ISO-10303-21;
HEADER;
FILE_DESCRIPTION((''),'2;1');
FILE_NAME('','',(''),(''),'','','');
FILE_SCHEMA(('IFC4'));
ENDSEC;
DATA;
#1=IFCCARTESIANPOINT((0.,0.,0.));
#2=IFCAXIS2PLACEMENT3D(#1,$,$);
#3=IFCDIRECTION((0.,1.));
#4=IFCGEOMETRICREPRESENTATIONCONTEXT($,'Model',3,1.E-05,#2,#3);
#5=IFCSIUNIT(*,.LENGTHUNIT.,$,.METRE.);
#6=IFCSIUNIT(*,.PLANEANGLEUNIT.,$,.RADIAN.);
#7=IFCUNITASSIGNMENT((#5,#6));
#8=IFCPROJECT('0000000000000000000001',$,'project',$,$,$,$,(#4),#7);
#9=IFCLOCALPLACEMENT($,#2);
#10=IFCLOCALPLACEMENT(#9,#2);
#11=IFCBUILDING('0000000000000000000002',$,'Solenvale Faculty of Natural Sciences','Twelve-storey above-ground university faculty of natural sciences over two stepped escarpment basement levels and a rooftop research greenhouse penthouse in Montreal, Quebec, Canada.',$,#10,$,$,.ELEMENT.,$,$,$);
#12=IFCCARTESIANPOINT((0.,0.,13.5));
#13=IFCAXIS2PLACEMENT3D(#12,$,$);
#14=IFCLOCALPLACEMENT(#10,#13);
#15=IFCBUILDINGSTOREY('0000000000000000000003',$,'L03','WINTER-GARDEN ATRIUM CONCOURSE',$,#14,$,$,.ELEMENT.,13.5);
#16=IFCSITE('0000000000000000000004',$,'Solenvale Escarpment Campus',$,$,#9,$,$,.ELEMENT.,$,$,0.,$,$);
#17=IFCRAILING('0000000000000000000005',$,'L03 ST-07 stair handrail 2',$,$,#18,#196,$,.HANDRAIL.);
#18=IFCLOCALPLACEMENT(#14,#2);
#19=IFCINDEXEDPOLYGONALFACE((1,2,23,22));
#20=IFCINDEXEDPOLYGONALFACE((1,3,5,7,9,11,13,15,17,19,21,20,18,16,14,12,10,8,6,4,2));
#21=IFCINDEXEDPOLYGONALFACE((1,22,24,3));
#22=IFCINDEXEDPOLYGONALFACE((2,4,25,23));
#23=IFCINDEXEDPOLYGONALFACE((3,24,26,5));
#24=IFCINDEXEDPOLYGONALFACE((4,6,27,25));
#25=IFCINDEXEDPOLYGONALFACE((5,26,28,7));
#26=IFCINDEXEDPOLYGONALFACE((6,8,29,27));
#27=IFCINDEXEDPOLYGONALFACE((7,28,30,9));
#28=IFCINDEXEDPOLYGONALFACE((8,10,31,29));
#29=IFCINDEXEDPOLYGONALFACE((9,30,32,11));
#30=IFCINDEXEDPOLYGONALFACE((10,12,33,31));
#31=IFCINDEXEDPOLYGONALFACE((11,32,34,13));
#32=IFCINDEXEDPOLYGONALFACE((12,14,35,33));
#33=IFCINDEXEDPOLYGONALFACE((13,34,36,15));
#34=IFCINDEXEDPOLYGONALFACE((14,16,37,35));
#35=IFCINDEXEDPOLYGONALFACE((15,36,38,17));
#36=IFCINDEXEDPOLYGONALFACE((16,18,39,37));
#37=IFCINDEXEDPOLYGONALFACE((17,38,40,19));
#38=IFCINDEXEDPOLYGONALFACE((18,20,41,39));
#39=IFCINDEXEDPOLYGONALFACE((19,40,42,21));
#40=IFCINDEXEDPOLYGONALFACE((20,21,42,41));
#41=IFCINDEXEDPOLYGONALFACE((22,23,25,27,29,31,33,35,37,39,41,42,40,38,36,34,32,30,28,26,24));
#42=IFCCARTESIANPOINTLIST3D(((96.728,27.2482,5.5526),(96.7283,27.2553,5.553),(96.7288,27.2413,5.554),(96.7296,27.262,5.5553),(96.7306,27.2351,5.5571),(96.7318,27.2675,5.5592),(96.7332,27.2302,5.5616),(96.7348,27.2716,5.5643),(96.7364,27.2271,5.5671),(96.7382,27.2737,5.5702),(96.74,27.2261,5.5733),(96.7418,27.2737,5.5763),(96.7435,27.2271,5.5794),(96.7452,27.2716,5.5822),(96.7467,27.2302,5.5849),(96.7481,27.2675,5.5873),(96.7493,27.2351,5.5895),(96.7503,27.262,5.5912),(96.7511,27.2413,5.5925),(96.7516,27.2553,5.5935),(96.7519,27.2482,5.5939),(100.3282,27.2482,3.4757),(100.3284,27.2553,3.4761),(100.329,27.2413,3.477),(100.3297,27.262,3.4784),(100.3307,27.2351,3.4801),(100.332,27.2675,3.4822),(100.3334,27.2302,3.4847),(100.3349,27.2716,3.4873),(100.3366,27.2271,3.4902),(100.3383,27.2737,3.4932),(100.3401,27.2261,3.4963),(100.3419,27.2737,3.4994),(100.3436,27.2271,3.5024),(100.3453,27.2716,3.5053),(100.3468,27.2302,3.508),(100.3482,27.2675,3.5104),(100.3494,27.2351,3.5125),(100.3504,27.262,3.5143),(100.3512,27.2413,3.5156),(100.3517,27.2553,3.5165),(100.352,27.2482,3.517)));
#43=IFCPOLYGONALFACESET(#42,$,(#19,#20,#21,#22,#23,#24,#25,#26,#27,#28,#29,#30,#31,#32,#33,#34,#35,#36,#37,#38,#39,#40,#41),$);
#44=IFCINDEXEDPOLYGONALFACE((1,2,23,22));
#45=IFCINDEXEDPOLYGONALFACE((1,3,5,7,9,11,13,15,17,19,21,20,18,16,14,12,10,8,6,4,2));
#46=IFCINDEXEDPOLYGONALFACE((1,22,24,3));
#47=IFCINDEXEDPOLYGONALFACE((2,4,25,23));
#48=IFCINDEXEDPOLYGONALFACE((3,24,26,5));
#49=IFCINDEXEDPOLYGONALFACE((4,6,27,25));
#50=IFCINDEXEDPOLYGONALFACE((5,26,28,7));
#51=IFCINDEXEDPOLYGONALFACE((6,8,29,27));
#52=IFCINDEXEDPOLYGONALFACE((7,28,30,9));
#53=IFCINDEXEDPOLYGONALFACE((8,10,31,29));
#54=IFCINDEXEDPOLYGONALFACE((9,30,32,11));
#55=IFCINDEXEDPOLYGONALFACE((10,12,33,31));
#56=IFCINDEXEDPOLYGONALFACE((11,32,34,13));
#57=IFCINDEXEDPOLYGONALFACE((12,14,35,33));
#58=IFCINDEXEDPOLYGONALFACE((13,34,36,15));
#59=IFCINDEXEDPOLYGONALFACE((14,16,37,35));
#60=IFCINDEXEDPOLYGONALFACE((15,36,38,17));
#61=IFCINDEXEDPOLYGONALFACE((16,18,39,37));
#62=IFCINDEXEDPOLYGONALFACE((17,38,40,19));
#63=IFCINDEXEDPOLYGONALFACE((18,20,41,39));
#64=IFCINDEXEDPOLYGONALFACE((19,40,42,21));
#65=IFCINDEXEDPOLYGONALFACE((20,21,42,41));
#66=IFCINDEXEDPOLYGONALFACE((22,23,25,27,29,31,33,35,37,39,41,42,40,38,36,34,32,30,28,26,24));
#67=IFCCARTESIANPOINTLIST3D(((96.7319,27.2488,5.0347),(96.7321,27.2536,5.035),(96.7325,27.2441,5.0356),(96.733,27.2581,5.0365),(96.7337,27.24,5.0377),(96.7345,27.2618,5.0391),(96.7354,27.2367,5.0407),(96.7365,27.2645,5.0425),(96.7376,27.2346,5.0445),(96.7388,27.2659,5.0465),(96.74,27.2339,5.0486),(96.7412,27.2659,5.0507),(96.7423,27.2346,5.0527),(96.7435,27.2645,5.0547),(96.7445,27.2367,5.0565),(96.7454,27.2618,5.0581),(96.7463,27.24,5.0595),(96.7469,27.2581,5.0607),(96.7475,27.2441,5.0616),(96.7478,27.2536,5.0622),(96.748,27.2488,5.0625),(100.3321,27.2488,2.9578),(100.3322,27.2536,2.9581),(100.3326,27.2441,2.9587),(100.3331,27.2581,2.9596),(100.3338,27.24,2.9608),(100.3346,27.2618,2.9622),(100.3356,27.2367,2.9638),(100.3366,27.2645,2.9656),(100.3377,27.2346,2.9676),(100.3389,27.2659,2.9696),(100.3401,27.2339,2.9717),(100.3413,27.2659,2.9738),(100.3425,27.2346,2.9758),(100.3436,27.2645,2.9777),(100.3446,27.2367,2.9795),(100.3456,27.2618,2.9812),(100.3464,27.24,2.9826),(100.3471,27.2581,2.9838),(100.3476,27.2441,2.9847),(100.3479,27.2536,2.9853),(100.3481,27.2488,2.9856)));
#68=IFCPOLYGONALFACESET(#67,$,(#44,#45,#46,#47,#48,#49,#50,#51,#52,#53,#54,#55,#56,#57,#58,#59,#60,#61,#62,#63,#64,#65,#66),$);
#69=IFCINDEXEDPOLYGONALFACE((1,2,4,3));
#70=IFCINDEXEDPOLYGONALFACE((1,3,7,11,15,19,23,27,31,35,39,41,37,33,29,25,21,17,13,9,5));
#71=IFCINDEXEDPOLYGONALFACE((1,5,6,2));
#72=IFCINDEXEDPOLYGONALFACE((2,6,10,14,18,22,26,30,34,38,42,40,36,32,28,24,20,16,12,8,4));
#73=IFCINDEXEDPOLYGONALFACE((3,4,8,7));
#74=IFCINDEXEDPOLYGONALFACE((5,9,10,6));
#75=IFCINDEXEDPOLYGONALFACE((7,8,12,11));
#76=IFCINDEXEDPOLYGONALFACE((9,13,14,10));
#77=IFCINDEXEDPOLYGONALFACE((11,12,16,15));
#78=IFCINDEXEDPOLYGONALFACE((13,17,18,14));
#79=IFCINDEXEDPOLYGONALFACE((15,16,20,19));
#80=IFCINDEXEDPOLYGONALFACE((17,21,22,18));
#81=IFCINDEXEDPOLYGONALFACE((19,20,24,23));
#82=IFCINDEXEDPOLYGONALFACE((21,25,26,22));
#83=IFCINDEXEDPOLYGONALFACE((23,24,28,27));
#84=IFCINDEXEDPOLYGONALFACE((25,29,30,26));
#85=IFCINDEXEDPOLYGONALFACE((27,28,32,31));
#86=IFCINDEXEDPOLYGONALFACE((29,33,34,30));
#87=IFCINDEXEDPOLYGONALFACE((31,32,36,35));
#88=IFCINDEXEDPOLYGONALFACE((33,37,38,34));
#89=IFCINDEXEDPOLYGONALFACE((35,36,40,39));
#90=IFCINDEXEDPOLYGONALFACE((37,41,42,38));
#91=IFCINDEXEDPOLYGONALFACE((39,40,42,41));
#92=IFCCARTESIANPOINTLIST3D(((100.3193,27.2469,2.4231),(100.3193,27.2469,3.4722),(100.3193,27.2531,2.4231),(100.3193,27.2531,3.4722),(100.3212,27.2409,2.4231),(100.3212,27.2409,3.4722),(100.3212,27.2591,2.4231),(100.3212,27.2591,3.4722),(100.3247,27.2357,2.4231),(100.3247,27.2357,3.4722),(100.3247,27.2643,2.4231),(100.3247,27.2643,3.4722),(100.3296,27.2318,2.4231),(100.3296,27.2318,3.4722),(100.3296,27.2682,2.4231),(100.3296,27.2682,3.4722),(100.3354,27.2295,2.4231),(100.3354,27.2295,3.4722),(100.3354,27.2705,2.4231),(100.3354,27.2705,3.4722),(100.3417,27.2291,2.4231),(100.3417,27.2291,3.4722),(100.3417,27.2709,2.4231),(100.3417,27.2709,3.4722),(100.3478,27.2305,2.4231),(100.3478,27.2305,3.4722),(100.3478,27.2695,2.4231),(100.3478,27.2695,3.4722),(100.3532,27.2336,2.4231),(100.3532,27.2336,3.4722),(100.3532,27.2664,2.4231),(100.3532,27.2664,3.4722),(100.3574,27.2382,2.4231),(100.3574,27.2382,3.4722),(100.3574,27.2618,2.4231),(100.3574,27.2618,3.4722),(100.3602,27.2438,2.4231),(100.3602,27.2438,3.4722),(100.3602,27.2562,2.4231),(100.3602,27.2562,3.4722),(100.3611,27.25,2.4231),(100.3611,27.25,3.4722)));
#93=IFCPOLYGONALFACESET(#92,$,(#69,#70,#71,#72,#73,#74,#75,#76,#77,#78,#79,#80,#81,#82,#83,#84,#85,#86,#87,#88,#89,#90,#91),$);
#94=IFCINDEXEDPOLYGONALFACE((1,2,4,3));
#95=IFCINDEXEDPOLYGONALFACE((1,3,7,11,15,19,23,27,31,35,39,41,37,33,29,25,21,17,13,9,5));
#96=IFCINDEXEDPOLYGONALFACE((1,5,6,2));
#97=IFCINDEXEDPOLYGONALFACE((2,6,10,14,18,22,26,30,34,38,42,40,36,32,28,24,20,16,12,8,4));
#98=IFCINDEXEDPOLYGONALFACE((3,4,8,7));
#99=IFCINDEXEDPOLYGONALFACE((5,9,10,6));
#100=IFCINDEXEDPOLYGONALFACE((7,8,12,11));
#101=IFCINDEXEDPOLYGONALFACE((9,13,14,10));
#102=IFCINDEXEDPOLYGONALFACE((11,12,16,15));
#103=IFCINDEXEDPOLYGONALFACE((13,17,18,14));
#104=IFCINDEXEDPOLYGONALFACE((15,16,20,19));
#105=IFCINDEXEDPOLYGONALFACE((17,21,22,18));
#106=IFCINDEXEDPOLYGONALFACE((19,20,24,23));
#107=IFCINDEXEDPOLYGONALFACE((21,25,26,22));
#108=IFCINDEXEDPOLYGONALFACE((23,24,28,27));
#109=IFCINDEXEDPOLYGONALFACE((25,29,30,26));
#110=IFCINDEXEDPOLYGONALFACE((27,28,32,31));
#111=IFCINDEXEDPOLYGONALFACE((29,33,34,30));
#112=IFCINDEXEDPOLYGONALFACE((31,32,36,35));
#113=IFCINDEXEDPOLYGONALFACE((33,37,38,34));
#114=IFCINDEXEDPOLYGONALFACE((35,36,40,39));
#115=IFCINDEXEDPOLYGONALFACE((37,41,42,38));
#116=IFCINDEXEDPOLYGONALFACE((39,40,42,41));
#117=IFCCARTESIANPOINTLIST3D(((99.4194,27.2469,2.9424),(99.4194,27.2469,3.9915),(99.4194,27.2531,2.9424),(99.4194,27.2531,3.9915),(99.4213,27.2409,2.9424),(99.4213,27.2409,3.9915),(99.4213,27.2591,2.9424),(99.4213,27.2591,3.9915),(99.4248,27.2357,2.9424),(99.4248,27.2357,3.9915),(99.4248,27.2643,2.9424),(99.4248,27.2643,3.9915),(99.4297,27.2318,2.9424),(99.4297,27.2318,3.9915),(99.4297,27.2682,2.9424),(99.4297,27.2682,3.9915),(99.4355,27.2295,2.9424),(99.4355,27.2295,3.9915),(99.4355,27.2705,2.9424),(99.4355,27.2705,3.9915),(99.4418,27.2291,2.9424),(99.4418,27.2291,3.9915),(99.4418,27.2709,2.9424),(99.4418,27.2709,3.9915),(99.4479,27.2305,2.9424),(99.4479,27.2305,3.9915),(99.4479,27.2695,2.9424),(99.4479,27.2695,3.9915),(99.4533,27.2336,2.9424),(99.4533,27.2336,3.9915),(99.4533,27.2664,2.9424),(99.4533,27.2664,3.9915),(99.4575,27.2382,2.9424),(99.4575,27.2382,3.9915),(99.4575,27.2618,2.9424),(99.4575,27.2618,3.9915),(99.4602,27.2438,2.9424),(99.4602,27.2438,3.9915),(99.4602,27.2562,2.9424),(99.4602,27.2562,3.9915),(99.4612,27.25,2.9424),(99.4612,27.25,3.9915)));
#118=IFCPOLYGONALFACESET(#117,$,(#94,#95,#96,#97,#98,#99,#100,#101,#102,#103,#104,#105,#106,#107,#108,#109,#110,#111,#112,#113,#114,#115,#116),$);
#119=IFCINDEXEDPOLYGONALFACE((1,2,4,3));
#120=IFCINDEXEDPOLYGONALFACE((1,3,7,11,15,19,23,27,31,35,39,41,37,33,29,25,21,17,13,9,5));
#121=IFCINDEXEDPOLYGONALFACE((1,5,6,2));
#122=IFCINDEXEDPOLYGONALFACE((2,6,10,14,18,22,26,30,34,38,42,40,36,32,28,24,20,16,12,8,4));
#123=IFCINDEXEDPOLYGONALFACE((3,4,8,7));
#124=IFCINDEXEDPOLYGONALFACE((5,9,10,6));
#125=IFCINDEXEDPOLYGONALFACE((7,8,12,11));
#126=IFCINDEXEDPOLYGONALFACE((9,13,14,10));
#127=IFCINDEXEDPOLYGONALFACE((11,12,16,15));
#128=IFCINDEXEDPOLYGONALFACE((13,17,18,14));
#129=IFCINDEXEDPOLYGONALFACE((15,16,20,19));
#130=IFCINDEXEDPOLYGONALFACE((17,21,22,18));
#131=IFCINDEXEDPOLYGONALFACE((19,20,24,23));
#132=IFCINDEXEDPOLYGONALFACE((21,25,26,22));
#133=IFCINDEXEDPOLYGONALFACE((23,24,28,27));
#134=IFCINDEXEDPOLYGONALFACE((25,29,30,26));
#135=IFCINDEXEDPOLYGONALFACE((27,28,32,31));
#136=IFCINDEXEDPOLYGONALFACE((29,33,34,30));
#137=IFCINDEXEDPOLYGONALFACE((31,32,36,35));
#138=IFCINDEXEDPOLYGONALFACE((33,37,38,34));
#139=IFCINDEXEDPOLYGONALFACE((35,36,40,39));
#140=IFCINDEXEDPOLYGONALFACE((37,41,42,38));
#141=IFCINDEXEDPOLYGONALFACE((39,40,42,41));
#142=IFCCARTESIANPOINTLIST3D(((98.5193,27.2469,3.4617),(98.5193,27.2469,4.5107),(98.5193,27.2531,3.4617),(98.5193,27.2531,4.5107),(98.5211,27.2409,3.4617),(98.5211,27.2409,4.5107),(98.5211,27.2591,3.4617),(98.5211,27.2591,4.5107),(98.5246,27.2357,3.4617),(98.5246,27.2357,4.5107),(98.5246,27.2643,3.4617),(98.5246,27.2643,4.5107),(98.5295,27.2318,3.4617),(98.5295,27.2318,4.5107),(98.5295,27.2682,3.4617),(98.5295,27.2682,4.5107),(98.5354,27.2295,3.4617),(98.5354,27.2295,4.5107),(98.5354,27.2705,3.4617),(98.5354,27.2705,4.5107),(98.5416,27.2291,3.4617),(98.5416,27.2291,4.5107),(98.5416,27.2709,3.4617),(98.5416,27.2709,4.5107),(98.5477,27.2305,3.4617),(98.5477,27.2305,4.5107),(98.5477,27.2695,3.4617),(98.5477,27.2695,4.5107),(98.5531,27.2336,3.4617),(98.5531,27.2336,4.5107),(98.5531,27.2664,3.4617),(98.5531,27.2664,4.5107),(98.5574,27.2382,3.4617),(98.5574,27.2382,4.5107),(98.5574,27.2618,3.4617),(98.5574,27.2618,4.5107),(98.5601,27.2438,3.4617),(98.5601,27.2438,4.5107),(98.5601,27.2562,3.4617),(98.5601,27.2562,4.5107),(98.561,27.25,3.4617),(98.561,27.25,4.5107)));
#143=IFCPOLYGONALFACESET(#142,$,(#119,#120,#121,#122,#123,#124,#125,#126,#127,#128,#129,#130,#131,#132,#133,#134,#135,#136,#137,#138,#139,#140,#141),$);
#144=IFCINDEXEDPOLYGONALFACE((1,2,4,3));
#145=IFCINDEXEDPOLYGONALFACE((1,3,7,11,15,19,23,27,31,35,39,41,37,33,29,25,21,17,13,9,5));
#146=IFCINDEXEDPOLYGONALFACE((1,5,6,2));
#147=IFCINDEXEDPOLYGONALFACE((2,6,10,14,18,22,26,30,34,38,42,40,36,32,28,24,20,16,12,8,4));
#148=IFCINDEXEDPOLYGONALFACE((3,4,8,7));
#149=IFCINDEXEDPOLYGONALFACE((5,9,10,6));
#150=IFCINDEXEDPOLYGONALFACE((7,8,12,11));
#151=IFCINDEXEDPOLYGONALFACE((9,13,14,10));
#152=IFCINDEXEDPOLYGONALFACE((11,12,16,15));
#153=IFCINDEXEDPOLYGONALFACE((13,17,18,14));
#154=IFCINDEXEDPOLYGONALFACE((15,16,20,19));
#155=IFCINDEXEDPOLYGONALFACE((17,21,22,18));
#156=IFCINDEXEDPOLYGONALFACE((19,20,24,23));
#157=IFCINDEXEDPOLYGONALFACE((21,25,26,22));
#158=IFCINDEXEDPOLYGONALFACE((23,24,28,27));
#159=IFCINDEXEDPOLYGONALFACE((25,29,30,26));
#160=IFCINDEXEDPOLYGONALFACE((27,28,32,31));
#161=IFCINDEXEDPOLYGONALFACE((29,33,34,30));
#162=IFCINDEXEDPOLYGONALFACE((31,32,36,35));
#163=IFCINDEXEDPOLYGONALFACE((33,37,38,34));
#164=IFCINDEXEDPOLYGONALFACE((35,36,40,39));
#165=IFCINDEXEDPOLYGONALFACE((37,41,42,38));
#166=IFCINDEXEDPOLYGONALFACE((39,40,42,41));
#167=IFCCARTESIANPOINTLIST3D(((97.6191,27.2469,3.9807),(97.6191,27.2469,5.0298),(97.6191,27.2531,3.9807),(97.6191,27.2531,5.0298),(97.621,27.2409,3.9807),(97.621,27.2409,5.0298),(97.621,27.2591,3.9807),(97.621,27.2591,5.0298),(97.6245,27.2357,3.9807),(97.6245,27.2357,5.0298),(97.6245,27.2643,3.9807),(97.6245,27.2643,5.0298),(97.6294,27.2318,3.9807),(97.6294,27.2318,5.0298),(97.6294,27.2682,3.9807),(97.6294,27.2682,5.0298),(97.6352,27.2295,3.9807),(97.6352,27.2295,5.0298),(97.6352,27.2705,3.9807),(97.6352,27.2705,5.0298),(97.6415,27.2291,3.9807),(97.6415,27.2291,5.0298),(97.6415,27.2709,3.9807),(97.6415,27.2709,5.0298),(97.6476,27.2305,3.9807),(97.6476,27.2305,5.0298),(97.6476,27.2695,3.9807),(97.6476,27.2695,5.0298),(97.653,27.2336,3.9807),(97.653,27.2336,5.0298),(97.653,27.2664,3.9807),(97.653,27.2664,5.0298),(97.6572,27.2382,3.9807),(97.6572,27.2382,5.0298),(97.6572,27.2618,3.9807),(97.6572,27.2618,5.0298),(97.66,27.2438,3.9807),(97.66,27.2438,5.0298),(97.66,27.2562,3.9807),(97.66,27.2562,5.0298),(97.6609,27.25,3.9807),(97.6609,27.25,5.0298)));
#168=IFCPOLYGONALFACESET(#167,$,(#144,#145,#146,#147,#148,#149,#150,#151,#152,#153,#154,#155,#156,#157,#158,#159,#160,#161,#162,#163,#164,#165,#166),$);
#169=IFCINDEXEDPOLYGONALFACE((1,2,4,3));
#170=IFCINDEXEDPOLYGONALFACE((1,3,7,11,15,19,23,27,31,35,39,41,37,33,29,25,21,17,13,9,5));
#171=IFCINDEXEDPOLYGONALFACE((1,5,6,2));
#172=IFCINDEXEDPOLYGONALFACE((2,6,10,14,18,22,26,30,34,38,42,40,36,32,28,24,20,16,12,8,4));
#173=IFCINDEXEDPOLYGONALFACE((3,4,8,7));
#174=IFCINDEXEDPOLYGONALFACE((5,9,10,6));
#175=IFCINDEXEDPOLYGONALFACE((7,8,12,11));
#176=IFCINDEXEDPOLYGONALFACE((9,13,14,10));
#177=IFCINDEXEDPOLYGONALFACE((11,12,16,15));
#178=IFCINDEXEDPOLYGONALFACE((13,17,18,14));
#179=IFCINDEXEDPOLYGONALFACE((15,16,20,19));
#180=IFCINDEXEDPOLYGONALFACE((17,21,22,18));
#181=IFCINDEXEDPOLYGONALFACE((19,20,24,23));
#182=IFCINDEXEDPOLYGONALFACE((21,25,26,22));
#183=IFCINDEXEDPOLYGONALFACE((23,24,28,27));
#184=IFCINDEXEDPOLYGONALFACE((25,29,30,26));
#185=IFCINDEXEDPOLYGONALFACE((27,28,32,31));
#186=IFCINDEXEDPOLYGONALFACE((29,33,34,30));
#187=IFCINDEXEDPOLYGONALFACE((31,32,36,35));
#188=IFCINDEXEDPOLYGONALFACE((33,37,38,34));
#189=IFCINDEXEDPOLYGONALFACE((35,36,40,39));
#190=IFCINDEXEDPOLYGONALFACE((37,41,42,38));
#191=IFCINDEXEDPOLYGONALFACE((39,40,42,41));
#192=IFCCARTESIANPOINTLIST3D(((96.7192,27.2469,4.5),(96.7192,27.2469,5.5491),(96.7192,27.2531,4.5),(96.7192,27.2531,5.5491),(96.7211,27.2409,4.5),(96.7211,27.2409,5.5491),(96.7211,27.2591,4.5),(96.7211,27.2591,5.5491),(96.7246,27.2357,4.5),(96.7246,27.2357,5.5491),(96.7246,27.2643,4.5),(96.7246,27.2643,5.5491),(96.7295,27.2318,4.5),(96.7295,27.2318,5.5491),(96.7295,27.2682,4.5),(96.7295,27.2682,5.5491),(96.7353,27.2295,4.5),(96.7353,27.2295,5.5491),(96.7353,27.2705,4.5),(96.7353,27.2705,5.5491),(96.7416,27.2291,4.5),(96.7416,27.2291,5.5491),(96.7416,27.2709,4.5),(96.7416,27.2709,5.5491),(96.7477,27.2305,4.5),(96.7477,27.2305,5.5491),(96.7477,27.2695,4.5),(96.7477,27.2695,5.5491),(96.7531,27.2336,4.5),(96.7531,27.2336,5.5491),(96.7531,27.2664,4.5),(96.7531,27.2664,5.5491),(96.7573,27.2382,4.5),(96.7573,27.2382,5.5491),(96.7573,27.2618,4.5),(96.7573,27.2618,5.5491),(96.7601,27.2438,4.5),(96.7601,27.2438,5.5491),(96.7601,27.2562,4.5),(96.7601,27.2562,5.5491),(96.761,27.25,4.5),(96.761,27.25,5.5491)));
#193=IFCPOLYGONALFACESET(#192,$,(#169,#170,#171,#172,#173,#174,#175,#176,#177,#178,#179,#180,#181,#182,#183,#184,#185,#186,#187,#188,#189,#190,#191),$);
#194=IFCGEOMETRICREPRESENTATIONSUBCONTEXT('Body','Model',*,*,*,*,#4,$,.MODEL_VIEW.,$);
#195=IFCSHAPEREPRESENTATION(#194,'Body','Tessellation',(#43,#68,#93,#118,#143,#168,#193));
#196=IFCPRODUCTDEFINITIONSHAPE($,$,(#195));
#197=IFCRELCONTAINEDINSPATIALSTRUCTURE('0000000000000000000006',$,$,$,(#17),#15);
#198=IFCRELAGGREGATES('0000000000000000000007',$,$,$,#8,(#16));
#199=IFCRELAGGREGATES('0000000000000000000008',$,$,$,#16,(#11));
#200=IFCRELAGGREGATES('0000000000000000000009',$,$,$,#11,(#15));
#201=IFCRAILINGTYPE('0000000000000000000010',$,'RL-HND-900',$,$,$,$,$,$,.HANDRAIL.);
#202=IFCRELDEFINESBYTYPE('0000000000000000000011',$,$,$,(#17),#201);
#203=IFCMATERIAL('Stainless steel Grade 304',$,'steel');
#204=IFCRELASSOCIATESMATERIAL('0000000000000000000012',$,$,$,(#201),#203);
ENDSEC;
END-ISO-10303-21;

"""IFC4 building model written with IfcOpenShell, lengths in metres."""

from ifc_helpers import new_model, si_unit, direction, frame, origin, origin_2d, place, context, subcontext, project, spatial, circle, extrude, material, type_object, element, save


model = new_model("IFC4")

# Units and contexts
model_context = context("Model", 3, precision=1e-05, world=origin(), true_north=direction((0.0, 1.0)))
body_context = subcontext(model_context, "Body", "Model", "MODEL_VIEW")
ifc_project = project(units=[si_unit("LENGTHUNIT", "METRE"), si_unit("PLANEANGLEUNIT", "RADIAN")], contexts=[model_context])

# Site, building, storey
site_placement = place(None, origin())
site = spatial("IfcSite", under=ifc_project, at=site_placement, Name="Solenvale Escarpment Campus", CompositionType="ELEMENT", RefElevation=0.0)
building_placement = place(site_placement, origin())
building = spatial("IfcBuilding", under=site, at=building_placement, Name="Solenvale Faculty of Natural Sciences", Description="Twelve-storey above-ground university faculty of natural sciences over two stepped escarpment basement levels and a rooftop research greenhouse penthouse in Montreal, Quebec, Canada.", CompositionType="ELEMENT")
storey_placement = place(building_placement, frame((0.0, 0.0, 13.5)))
storey = spatial("IfcBuildingStorey", under=building, at=storey_placement, Name="L03", Description="WINTER-GARDEN ATRIUM CONCOURSE", CompositionType="ELEMENT", Elevation=13.5)

# Railing
ifc_material_1 = material(Name="Stainless steel Grade 304", Category="steel")
railing_type_1 = type_object("IfcRailingType", Name="RL-HND-900", PredefinedType="HANDRAIL", material=ifc_material_1)
railing_1_placement = place(storey_placement, frame((100.3401, 27.25, 2.4231)))
element("IfcRailing", 1, at=railing_1_placement, inside=storey, type_object=railing_type_1, Name="L03 ST-07 stair handrail 2", PredefinedType="HANDRAIL", context=body_context, shape_type="SweptSolid", body=[
    extrude(circle(Radius=0.0239, at=origin_2d()), frame((0.0, 0.0, 1.0732), z_axis=(-0.866193, 0.0, 0.499709), x_axis=(0.0, -1.0, 0.0)), (0.0, 0.0, 1.0), 4.1562),
    extrude(circle(Radius=0.0161, at=origin_2d()), frame((0.0, 0.0, 0.5486), z_axis=(-0.866193, 0.0, 0.499709), x_axis=(0.0, -1.0, 0.0)), (0.0, 0.0, 1.0), 4.1562),
    extrude(circle(Radius=0.021, at=origin_2d()), origin(), (0.0, 0.0, 1.0), 1.0491),
    extrude(circle(Radius=0.021, at=origin_2d()), frame((-0.8999, 0.0, 0.5193)), (0.0, 0.0, 1.0), 1.0491),
    extrude(circle(Radius=0.021, at=origin_2d()), frame((-1.8, 0.0, 1.0386)), (0.0, 0.0, 1.0), 1.0491),
    extrude(circle(Radius=0.021, at=origin_2d()), frame((-2.7002, 0.0, 1.5576)), (0.0, 0.0, 1.0), 1.0491),
    extrude(circle(Radius=0.021, at=origin_2d()), frame((-3.6001, 0.0, 2.0769)), (0.0, 0.0, 1.0), 1.0491),
])

save(model, "model.ifc")
